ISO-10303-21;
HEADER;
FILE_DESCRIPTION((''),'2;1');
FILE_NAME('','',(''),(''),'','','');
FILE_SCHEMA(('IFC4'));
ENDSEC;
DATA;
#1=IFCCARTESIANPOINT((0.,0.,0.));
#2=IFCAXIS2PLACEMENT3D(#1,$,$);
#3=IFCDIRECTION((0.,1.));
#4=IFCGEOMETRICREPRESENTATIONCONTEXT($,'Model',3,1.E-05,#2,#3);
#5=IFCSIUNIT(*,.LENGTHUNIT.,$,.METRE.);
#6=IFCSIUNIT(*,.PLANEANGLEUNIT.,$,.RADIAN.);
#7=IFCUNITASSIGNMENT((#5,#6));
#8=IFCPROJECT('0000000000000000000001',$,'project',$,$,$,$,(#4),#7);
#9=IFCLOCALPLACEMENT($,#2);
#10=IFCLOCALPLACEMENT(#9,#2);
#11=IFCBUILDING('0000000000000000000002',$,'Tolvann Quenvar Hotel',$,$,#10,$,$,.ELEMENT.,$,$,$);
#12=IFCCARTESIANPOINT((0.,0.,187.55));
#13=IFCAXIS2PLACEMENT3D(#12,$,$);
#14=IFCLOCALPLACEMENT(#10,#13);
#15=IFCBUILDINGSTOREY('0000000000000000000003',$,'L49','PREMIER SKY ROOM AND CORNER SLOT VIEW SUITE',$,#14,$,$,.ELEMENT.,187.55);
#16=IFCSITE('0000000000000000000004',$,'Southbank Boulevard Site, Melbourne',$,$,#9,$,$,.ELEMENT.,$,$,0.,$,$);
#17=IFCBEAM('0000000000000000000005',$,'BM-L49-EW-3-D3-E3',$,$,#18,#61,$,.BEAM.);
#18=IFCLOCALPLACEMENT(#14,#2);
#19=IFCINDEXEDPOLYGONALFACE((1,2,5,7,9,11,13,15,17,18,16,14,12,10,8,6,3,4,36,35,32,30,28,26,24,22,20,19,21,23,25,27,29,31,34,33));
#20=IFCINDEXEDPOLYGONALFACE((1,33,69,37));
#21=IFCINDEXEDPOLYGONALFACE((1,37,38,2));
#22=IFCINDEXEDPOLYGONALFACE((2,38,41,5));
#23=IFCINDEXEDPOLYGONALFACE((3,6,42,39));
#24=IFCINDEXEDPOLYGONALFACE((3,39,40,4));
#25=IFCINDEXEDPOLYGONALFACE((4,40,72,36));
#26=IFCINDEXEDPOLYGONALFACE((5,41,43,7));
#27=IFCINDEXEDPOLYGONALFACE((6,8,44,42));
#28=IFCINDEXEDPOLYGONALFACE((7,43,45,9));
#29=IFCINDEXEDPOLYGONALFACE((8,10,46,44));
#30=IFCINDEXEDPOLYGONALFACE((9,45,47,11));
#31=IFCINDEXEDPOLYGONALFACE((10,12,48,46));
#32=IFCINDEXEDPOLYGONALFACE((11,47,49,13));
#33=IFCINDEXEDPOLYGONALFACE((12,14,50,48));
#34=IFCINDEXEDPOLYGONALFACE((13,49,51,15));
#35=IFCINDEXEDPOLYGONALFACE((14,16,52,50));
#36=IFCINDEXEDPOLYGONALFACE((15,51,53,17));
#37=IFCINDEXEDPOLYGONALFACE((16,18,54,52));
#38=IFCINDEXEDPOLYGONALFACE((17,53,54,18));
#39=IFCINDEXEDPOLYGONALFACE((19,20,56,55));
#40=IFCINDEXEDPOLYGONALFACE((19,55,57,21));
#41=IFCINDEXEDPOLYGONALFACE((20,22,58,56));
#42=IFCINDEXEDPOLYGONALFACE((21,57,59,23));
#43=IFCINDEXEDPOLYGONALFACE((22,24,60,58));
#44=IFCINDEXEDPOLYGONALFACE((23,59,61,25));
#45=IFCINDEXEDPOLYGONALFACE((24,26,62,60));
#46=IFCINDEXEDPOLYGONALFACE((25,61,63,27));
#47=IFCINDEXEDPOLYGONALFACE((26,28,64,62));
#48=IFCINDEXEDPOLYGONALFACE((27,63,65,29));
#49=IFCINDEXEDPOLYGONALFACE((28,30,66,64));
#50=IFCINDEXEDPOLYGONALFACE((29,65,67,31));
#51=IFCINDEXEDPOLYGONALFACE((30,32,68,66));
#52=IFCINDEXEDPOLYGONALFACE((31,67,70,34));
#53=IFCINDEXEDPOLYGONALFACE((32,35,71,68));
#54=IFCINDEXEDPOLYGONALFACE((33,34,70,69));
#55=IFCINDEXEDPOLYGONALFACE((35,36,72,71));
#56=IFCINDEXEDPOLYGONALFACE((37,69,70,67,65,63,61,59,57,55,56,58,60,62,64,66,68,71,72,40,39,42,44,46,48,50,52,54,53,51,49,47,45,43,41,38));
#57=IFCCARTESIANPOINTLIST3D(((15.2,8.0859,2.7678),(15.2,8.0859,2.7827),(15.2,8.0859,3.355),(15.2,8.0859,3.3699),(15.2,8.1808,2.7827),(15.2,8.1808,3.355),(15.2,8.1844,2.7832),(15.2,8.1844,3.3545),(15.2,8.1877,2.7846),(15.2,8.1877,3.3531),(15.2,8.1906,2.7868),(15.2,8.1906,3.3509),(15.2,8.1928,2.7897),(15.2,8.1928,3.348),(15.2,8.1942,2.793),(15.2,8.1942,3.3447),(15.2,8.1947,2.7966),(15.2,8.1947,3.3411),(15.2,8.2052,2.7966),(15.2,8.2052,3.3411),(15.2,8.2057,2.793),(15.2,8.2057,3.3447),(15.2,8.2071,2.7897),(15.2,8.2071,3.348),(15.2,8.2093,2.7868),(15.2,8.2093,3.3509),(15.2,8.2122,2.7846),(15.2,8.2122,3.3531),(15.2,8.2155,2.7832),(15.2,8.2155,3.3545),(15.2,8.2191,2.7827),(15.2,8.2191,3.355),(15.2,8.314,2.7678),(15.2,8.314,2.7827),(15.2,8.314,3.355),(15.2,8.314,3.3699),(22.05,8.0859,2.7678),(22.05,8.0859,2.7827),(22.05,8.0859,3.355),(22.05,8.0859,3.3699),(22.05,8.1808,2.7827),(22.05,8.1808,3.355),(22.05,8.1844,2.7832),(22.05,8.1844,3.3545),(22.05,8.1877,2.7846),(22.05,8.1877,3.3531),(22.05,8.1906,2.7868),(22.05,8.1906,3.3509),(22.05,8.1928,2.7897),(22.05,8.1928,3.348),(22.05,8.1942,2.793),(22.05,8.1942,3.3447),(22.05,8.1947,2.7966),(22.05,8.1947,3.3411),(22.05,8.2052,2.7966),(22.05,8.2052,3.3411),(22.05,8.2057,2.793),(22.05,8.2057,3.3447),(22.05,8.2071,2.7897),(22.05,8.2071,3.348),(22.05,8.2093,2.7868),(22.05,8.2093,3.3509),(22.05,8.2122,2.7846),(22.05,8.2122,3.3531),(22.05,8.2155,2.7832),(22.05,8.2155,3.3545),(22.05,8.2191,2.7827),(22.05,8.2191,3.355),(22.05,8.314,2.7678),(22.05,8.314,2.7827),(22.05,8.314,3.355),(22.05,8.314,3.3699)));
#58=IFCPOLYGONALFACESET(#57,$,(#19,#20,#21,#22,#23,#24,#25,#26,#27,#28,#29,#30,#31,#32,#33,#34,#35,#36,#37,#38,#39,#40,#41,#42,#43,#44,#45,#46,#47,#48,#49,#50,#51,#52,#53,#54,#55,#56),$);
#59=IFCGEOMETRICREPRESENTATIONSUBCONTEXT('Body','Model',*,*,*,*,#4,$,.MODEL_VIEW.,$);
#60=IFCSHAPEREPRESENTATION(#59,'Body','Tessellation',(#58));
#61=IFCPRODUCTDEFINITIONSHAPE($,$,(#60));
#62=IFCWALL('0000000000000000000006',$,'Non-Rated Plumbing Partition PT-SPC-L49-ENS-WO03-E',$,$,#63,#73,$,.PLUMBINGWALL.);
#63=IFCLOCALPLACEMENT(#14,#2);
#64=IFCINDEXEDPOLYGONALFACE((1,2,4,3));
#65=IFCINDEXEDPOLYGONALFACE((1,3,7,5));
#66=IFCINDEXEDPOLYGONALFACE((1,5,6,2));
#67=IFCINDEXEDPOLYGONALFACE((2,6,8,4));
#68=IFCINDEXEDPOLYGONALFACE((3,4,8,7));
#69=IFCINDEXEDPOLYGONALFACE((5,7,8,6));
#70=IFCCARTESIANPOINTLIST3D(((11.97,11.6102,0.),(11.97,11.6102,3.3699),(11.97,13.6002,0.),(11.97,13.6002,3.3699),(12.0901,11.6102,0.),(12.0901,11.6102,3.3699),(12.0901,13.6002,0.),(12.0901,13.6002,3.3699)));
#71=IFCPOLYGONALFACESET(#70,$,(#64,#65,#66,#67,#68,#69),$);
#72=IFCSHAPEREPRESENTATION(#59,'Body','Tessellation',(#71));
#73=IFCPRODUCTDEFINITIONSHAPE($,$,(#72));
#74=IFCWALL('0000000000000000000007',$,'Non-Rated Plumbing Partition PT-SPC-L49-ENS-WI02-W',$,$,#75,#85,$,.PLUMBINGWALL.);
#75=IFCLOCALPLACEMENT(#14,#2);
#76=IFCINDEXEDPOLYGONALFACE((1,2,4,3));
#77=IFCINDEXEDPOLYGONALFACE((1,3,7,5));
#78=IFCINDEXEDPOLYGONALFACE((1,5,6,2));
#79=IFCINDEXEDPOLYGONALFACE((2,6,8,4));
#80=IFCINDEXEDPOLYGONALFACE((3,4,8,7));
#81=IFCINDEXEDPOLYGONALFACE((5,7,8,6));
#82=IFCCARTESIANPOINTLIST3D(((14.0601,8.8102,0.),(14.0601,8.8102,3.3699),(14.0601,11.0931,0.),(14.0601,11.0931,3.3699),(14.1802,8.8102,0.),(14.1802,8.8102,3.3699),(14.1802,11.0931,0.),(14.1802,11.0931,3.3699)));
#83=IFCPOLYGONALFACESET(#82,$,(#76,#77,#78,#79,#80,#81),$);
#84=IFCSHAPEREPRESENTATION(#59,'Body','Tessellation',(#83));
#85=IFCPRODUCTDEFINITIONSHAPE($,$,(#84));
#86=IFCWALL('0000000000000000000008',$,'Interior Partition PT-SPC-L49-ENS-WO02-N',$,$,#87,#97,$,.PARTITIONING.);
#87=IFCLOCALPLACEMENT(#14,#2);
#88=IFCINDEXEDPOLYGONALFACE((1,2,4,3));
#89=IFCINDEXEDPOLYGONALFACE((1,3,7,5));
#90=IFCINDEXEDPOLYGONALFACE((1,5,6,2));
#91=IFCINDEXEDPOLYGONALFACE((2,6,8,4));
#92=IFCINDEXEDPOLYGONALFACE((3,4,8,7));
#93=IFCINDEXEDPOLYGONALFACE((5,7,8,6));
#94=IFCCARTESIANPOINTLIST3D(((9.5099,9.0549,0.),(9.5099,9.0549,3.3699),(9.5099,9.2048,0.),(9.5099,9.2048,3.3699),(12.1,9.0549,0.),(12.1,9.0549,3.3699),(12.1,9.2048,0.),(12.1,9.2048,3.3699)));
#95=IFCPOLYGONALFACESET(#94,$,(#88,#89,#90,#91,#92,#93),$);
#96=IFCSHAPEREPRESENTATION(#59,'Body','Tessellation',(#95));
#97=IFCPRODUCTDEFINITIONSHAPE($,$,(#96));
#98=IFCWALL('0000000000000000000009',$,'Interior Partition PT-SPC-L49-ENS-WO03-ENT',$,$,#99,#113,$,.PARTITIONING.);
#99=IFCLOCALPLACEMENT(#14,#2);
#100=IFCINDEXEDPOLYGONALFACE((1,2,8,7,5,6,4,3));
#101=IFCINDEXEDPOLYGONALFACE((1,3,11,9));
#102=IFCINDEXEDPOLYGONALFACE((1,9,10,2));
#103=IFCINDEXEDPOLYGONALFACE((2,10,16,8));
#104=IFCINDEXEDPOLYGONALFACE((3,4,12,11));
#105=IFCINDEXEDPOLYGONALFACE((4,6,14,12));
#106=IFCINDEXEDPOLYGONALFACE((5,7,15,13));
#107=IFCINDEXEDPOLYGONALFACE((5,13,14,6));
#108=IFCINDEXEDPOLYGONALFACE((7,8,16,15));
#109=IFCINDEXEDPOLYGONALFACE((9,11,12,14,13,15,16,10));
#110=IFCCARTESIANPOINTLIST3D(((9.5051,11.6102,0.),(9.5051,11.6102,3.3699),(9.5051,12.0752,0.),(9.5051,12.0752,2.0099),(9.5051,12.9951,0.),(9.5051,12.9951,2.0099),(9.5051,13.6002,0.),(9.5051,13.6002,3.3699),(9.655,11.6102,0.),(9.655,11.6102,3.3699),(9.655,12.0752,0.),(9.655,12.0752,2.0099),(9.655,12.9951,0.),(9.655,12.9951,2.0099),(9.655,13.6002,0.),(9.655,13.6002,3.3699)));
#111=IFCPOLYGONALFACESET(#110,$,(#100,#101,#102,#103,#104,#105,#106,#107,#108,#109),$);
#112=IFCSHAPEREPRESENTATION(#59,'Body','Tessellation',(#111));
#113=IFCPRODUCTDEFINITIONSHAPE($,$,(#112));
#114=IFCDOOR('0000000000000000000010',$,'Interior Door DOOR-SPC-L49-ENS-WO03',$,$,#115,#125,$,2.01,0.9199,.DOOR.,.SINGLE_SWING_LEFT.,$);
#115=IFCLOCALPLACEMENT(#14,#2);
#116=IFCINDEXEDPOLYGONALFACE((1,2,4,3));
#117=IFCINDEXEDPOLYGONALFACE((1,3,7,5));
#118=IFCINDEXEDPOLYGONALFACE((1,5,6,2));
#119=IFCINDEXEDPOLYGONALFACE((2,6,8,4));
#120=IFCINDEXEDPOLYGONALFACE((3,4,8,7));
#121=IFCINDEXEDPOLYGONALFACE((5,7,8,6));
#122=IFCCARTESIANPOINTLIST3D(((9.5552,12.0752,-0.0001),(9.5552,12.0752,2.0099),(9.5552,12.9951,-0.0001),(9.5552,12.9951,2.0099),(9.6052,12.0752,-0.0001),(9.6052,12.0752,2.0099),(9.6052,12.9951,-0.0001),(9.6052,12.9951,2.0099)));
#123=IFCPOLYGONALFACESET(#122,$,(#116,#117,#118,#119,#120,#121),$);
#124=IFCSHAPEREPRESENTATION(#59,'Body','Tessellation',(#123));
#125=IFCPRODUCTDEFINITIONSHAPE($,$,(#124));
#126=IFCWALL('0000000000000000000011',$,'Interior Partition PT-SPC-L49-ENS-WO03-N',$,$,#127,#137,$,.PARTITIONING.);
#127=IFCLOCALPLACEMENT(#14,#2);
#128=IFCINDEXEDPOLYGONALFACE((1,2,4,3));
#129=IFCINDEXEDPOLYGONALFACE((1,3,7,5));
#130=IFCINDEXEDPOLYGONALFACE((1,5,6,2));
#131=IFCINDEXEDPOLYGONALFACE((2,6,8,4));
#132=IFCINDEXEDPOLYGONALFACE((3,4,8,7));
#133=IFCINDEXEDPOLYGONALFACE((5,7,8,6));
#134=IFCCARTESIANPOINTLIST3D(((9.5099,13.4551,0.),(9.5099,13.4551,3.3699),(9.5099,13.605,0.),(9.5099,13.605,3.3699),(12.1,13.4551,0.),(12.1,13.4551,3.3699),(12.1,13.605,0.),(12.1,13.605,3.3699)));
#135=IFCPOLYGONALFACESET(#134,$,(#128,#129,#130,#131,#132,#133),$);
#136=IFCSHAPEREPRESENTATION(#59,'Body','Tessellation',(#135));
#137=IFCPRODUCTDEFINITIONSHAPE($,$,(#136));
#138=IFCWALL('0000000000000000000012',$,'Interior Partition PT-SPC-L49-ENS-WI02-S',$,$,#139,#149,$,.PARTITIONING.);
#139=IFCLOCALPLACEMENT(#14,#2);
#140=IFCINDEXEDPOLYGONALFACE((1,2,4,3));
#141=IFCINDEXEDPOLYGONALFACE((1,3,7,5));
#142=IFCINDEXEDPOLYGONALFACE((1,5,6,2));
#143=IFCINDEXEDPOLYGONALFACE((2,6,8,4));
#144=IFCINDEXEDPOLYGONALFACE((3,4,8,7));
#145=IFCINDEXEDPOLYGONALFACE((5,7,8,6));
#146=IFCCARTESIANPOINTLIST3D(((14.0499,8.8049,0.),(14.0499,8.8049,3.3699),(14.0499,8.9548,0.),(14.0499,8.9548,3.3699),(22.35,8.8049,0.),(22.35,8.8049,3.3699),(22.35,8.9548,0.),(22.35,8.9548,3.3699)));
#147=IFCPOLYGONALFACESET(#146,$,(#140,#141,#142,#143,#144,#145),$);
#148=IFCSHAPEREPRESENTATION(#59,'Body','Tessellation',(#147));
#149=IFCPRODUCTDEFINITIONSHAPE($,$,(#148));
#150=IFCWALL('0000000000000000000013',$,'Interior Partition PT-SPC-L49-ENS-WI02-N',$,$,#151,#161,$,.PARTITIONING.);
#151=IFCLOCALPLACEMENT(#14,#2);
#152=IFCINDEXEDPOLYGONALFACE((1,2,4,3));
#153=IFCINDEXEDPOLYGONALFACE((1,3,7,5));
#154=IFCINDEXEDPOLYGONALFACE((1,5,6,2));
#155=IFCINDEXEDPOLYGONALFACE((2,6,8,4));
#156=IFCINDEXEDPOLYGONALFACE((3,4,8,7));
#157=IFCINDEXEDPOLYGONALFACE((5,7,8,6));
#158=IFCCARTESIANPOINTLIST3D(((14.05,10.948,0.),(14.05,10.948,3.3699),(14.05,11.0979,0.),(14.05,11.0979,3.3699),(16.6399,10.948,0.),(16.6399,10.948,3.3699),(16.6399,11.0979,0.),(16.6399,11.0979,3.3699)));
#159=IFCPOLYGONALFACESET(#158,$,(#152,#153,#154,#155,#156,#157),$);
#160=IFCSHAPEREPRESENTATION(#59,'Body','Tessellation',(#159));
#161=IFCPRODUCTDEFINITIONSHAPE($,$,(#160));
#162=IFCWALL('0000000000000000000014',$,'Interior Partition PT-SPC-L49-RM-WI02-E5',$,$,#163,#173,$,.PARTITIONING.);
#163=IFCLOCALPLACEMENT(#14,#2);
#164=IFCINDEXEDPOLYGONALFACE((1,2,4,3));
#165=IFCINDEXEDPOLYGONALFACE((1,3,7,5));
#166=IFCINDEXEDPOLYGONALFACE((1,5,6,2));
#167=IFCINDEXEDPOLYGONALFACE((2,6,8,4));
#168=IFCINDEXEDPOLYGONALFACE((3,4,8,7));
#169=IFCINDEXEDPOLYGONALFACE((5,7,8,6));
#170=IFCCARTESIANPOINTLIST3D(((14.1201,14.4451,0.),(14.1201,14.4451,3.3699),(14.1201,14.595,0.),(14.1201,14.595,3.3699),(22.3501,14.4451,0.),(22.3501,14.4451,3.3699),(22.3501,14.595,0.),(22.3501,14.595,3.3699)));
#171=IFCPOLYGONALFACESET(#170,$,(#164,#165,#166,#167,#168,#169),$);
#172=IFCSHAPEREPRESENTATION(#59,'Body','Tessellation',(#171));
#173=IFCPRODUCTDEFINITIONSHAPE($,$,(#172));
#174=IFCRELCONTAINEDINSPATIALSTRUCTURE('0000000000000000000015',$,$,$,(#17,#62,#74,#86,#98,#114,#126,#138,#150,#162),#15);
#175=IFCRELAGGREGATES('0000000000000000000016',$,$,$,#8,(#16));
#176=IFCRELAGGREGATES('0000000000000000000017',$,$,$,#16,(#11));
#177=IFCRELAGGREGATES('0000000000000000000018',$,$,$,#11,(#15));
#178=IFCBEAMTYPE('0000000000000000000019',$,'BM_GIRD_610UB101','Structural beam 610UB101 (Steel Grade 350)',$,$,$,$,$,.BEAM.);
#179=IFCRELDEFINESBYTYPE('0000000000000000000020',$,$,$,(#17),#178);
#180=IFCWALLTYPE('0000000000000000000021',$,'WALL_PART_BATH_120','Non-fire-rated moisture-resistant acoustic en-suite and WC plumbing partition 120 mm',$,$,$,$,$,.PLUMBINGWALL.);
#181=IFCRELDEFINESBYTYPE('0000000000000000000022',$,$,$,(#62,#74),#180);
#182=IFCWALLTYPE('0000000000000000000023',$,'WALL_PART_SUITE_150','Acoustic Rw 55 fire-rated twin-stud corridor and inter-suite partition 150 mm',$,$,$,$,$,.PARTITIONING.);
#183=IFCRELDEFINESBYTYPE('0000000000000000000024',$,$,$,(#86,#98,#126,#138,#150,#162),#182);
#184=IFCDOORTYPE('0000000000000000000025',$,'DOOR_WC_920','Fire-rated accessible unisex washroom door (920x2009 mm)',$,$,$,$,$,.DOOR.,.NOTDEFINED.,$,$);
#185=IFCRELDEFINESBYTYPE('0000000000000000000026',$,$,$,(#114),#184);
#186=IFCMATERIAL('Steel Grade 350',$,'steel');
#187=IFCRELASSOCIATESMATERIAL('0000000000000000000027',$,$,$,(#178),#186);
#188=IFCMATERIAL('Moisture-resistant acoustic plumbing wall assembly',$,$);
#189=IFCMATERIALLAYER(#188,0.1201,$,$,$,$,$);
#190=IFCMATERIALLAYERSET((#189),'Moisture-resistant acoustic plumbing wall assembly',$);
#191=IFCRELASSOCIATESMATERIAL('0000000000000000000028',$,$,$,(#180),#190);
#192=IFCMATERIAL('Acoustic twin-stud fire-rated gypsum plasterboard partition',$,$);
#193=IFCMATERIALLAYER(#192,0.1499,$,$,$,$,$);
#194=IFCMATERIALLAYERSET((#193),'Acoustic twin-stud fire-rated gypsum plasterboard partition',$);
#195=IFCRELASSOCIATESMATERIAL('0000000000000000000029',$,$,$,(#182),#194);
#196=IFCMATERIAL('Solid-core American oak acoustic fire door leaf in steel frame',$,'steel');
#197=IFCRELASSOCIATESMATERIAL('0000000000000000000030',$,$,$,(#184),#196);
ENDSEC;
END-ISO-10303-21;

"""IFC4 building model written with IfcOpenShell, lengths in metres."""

from ifc_helpers import new_model, si_unit, direction, frame, frame_2d, origin, origin_2d, place, context, subcontext, project, spatial, rectangle, i_section, extrude, source, transform, mapped, material, layer, layer_set, material_profile, profile_set, type_object, type_shapes, element, fill, save


model = new_model("IFC4")

# Units and contexts
model_context = context("Model", 3, precision=1e-05, world=origin(), true_north=direction((0.0, 1.0)))
body_context = subcontext(model_context, "Body", "Model", "MODEL_VIEW")
ifc_project = project(units=[si_unit("LENGTHUNIT", "METRE"), si_unit("PLANEANGLEUNIT", "RADIAN")], contexts=[model_context])

# Site, building, storey
site_placement = place(None, origin())
site = spatial("IfcSite", under=ifc_project, at=site_placement, Name="Southbank Boulevard Site, Melbourne", CompositionType="ELEMENT", RefElevation=0.0)
building_placement = place(site_placement, origin())
building = spatial("IfcBuilding", under=site, at=building_placement, Name="Tolvann Quenvar Hotel", CompositionType="ELEMENT")
storey_placement = place(building_placement, frame((0.0, 0.0, 187.55)))
storey = spatial("IfcBuildingStorey", under=building, at=storey_placement, Name="L49", Description="PREMIER SKY ROOM AND CORNER SLOT VIEW SUITE", CompositionType="ELEMENT", Elevation=187.55)

# Beam
ifc_material_1 = material(Name="Steel Grade 350", Category="steel")
ifc_material_profile = material_profile(ifc_material_1, i_section(OverallWidth=0.228, OverallDepth=0.6021, WebThickness=0.0105, FlangeThickness=0.0149, FilletRadius=0.0139, at=origin_2d()), Name="610UB101")
ifc_profile_set = profile_set([ifc_material_profile], Name="Steel Grade 350")
beam_type = type_object("IfcBeamType", Name="BM_GIRD_610UB101", Description="Structural beam 610UB101 (Steel Grade 350)", PredefinedType="BEAM", material=ifc_profile_set)
shared_shape_1 = source(origin(), body_context, "Body", "SweptSolid", [
    extrude(i_section(OverallWidth=0.228, OverallDepth=0.6021, WebThickness=0.0105, FlangeThickness=0.0149, FilletRadius=0.0139, at=origin_2d()), origin(), (0.0, 0.0, 1.0), 6.8501),
])
type_shapes(beam_type, [shared_shape_1])
beam_placement = place(storey_placement, frame((15.2, 8.2, 3.0688), z_axis=(1.0, 0.0, 0.0), x_axis=(0.0, 1.0, 0.0)))
element("IfcBeam", 1, at=beam_placement, inside=storey, type_object=beam_type, Name="BM-L49-EW-3-D3-E3", PredefinedType="BEAM", context=body_context, shape_type="MappedRepresentation", body=[
    mapped(shared_shape_1, transform((0.0, 0.0, 0.0), x_axis=(1.0, 0.0, 0.0), y_axis=(0.0, 1.0, 0.0), z_axis=(0.0, 0.0, 1.0), scale=1.0)),
])

# Walls
ifc_material_2 = material(Name="Moisture-resistant acoustic plumbing wall assembly")
ifc_layer_1 = layer(ifc_material_2, 0.1201)
ifc_layer_set_1 = layer_set([ifc_layer_1], Name="Moisture-resistant acoustic plumbing wall assembly")
wall_type_1 = type_object("IfcWallType", Name="WALL_PART_BATH_120", Description="Non-fire-rated moisture-resistant acoustic en-suite and WC plumbing partition 120 mm", PredefinedType="PLUMBINGWALL", material=ifc_layer_set_1)
wall_1_placement = place(storey_placement, frame((12.03, 11.6101, 0.0), z_axis=(0.0, 0.0, 1.0), x_axis=(0.0, 1.0, 0.0)))
element("IfcWall", 2, at=wall_1_placement, inside=storey, type_object=wall_type_1, Name="Non-Rated Plumbing Partition PT-SPC-L49-ENS-WO03-E", PredefinedType="PLUMBINGWALL", context=body_context, shape_type="SweptSolid", body=[
    extrude(rectangle(XDim=1.99, YDim=0.1201, at=frame_2d((0.9951, 0.0))), origin(), (0.0, 0.0, 1.0), 3.3699),
])
wall_2_placement = place(storey_placement, frame((14.1201, 8.8101, 0.0), z_axis=(0.0, 0.0, 1.0), x_axis=(0.0, 1.0, 0.0)))
element("IfcWall", 3, at=wall_2_placement, inside=storey, type_object=wall_type_1, Name="Non-Rated Plumbing Partition PT-SPC-L49-ENS-WI02-W", PredefinedType="PLUMBINGWALL", context=body_context, shape_type="SweptSolid", body=[
    extrude(rectangle(XDim=2.283, YDim=0.1201, at=frame_2d((1.1416, 0.0))), origin(), (0.0, 0.0, 1.0), 3.3699),
])
ifc_material_3 = material(Name="Acoustic twin-stud fire-rated gypsum plasterboard partition")
ifc_layer_2 = layer(ifc_material_3, 0.1499)
ifc_layer_set_2 = layer_set([ifc_layer_2], Name="Acoustic twin-stud fire-rated gypsum plasterboard partition")
wall_type_2 = type_object("IfcWallType", Name="WALL_PART_SUITE_150", Description="Acoustic Rw 55 fire-rated twin-stud corridor and inter-suite partition 150 mm", PredefinedType="PARTITIONING", material=ifc_layer_set_2)
wall_3_placement = place(storey_placement, frame((9.51, 9.1299, 0.0), z_axis=(0.0, 0.0, 1.0), x_axis=(1.0, 0.0, 0.0)))
element("IfcWall", 4, at=wall_3_placement, inside=storey, type_object=wall_type_2, Name="Interior Partition PT-SPC-L49-ENS-WO02-N", PredefinedType="PARTITIONING", context=body_context, shape_type="SweptSolid", body=[
    extrude(rectangle(XDim=2.5901, YDim=0.1499, at=frame_2d((1.2949, 0.0))), origin(), (0.0, 0.0, 1.0), 3.3699),
])

# Wall, opening, door
wall_4_placement = place(storey_placement, frame((9.5801, 11.6101, 0.0), z_axis=(0.0, 0.0, 1.0), x_axis=(0.0, 1.0, 0.0)))
wall_4 = element("IfcWall", 5, at=wall_4_placement, inside=storey, type_object=wall_type_2, Name="Interior Partition PT-SPC-L49-ENS-WO03-ENT", PredefinedType="PARTITIONING", context=body_context, shape_type="SweptSolid", body=[
    extrude(rectangle(XDim=1.99, YDim=0.1499, at=frame_2d((0.9951, 0.0))), origin(), (0.0, 0.0, 1.0), 3.3699),
])
opening_1_placement = place(wall_4_placement, frame((0.4651, 0.0, 0.0)))
opening_1 = element("IfcOpeningElement", 6, at=opening_1_placement, cuts=wall_4, PredefinedType="OPENING", context=body_context, shape_type="SweptSolid", body=[
    extrude(rectangle(XDim=0.9199, YDim=2.01, at=frame_2d((0.46, 1.0049))), frame((0.0, 0.085, 0.0), z_axis=(0.0, -1.0, 0.0), x_axis=(1.0, 0.0, 0.0)), (0.0, 0.0, 1.0), 0.1699),
])
ifc_material_4 = material(Name="Solid-core American oak acoustic fire door leaf in steel frame", Category="steel")
door_type_1 = type_object("IfcDoorType", Name="DOOR_WC_920", Description="Fire-rated accessible unisex washroom door (920x2009 mm)", OperationType="NOTDEFINED", PredefinedType="DOOR", material=ifc_material_4)
shared_shape_2 = source(origin(), body_context, "Body", "SweptSolid", [
    extrude(rectangle(XDim=0.9199, YDim=2.01, at=frame_2d((0.46, 1.0049))), frame((0.0, 0.0249, 0.0), z_axis=(0.0, -1.0, 0.0), x_axis=(1.0, 0.0, 0.0)), (0.0, 0.0, 1.0), 0.05),
])
type_shapes(door_type_1, [shared_shape_2])
door_1_placement = place(opening_1_placement, origin())
door_1 = element("IfcDoor", 7, at=door_1_placement, inside=storey, type_object=door_type_1, Name="Interior Door DOOR-SPC-L49-ENS-WO03", OperationType="SINGLE_SWING_LEFT", OverallHeight=2.01, OverallWidth=0.9199, PredefinedType="DOOR", context=body_context, shape_type="MappedRepresentation", body=[
    mapped(shared_shape_2, transform((0.0, 0.0, 0.0), x_axis=(1.0, 0.0, 0.0), y_axis=(0.0, 1.0, 0.0), z_axis=(0.0, 0.0, 1.0), scale=1.0)),
])
fill(opening_1, door_1)

# Walls
wall_5_placement = place(storey_placement, frame((9.51, 13.53, 0.0), z_axis=(0.0, 0.0, 1.0), x_axis=(1.0, 0.0, 0.0)))
element("IfcWall", 8, at=wall_5_placement, inside=storey, type_object=wall_type_2, Name="Interior Partition PT-SPC-L49-ENS-WO03-N", PredefinedType="PARTITIONING", context=body_context, shape_type="SweptSolid", body=[
    extrude(rectangle(XDim=2.5901, YDim=0.1499, at=frame_2d((1.2949, 0.0))), origin(), (0.0, 0.0, 1.0), 3.3699),
])
wall_6_placement = place(storey_placement, frame((14.05, 8.8799, 0.0), z_axis=(0.0, 0.0, 1.0), x_axis=(1.0, 0.0, 0.0)))
element("IfcWall", 9, at=wall_6_placement, inside=storey, type_object=wall_type_2, Name="Interior Partition PT-SPC-L49-ENS-WI02-S", PredefinedType="PARTITIONING", context=body_context, shape_type="SweptSolid", body=[
    extrude(rectangle(XDim=8.3, YDim=0.1499, at=frame_2d((4.1499, 0.0))), origin(), (0.0, 0.0, 1.0), 3.3699),
])
wall_7_placement = place(storey_placement, frame((14.05, 11.0229, 0.0), z_axis=(0.0, 0.0, 1.0), x_axis=(1.0, 0.0, 0.0)))
element("IfcWall", 10, at=wall_7_placement, inside=storey, type_object=wall_type_2, Name="Interior Partition PT-SPC-L49-ENS-WI02-N", PredefinedType="PARTITIONING", context=body_context, shape_type="SweptSolid", body=[
    extrude(rectangle(XDim=2.5898, YDim=0.1499, at=frame_2d((1.2949, 0.0))), origin(), (0.0, 0.0, 1.0), 3.3699),
])

# Wall
wall_8_placement = place(storey_placement, frame((14.1201, 14.52, 0.0), z_axis=(0.0, 0.0, 1.0), x_axis=(1.0, 0.0, 0.0)))
element("IfcWall", 11, at=wall_8_placement, inside=storey, type_object=wall_type_2, Name="Interior Partition PT-SPC-L49-RM-WI02-E5", PredefinedType="PARTITIONING", context=body_context, shape_type="SweptSolid", body=[
    extrude(rectangle(XDim=8.23, YDim=0.1499, at=frame_2d((4.115, 0.0))), origin(), (0.0, 0.0, 1.0), 3.3699),
])

save(model, "model.ifc")
